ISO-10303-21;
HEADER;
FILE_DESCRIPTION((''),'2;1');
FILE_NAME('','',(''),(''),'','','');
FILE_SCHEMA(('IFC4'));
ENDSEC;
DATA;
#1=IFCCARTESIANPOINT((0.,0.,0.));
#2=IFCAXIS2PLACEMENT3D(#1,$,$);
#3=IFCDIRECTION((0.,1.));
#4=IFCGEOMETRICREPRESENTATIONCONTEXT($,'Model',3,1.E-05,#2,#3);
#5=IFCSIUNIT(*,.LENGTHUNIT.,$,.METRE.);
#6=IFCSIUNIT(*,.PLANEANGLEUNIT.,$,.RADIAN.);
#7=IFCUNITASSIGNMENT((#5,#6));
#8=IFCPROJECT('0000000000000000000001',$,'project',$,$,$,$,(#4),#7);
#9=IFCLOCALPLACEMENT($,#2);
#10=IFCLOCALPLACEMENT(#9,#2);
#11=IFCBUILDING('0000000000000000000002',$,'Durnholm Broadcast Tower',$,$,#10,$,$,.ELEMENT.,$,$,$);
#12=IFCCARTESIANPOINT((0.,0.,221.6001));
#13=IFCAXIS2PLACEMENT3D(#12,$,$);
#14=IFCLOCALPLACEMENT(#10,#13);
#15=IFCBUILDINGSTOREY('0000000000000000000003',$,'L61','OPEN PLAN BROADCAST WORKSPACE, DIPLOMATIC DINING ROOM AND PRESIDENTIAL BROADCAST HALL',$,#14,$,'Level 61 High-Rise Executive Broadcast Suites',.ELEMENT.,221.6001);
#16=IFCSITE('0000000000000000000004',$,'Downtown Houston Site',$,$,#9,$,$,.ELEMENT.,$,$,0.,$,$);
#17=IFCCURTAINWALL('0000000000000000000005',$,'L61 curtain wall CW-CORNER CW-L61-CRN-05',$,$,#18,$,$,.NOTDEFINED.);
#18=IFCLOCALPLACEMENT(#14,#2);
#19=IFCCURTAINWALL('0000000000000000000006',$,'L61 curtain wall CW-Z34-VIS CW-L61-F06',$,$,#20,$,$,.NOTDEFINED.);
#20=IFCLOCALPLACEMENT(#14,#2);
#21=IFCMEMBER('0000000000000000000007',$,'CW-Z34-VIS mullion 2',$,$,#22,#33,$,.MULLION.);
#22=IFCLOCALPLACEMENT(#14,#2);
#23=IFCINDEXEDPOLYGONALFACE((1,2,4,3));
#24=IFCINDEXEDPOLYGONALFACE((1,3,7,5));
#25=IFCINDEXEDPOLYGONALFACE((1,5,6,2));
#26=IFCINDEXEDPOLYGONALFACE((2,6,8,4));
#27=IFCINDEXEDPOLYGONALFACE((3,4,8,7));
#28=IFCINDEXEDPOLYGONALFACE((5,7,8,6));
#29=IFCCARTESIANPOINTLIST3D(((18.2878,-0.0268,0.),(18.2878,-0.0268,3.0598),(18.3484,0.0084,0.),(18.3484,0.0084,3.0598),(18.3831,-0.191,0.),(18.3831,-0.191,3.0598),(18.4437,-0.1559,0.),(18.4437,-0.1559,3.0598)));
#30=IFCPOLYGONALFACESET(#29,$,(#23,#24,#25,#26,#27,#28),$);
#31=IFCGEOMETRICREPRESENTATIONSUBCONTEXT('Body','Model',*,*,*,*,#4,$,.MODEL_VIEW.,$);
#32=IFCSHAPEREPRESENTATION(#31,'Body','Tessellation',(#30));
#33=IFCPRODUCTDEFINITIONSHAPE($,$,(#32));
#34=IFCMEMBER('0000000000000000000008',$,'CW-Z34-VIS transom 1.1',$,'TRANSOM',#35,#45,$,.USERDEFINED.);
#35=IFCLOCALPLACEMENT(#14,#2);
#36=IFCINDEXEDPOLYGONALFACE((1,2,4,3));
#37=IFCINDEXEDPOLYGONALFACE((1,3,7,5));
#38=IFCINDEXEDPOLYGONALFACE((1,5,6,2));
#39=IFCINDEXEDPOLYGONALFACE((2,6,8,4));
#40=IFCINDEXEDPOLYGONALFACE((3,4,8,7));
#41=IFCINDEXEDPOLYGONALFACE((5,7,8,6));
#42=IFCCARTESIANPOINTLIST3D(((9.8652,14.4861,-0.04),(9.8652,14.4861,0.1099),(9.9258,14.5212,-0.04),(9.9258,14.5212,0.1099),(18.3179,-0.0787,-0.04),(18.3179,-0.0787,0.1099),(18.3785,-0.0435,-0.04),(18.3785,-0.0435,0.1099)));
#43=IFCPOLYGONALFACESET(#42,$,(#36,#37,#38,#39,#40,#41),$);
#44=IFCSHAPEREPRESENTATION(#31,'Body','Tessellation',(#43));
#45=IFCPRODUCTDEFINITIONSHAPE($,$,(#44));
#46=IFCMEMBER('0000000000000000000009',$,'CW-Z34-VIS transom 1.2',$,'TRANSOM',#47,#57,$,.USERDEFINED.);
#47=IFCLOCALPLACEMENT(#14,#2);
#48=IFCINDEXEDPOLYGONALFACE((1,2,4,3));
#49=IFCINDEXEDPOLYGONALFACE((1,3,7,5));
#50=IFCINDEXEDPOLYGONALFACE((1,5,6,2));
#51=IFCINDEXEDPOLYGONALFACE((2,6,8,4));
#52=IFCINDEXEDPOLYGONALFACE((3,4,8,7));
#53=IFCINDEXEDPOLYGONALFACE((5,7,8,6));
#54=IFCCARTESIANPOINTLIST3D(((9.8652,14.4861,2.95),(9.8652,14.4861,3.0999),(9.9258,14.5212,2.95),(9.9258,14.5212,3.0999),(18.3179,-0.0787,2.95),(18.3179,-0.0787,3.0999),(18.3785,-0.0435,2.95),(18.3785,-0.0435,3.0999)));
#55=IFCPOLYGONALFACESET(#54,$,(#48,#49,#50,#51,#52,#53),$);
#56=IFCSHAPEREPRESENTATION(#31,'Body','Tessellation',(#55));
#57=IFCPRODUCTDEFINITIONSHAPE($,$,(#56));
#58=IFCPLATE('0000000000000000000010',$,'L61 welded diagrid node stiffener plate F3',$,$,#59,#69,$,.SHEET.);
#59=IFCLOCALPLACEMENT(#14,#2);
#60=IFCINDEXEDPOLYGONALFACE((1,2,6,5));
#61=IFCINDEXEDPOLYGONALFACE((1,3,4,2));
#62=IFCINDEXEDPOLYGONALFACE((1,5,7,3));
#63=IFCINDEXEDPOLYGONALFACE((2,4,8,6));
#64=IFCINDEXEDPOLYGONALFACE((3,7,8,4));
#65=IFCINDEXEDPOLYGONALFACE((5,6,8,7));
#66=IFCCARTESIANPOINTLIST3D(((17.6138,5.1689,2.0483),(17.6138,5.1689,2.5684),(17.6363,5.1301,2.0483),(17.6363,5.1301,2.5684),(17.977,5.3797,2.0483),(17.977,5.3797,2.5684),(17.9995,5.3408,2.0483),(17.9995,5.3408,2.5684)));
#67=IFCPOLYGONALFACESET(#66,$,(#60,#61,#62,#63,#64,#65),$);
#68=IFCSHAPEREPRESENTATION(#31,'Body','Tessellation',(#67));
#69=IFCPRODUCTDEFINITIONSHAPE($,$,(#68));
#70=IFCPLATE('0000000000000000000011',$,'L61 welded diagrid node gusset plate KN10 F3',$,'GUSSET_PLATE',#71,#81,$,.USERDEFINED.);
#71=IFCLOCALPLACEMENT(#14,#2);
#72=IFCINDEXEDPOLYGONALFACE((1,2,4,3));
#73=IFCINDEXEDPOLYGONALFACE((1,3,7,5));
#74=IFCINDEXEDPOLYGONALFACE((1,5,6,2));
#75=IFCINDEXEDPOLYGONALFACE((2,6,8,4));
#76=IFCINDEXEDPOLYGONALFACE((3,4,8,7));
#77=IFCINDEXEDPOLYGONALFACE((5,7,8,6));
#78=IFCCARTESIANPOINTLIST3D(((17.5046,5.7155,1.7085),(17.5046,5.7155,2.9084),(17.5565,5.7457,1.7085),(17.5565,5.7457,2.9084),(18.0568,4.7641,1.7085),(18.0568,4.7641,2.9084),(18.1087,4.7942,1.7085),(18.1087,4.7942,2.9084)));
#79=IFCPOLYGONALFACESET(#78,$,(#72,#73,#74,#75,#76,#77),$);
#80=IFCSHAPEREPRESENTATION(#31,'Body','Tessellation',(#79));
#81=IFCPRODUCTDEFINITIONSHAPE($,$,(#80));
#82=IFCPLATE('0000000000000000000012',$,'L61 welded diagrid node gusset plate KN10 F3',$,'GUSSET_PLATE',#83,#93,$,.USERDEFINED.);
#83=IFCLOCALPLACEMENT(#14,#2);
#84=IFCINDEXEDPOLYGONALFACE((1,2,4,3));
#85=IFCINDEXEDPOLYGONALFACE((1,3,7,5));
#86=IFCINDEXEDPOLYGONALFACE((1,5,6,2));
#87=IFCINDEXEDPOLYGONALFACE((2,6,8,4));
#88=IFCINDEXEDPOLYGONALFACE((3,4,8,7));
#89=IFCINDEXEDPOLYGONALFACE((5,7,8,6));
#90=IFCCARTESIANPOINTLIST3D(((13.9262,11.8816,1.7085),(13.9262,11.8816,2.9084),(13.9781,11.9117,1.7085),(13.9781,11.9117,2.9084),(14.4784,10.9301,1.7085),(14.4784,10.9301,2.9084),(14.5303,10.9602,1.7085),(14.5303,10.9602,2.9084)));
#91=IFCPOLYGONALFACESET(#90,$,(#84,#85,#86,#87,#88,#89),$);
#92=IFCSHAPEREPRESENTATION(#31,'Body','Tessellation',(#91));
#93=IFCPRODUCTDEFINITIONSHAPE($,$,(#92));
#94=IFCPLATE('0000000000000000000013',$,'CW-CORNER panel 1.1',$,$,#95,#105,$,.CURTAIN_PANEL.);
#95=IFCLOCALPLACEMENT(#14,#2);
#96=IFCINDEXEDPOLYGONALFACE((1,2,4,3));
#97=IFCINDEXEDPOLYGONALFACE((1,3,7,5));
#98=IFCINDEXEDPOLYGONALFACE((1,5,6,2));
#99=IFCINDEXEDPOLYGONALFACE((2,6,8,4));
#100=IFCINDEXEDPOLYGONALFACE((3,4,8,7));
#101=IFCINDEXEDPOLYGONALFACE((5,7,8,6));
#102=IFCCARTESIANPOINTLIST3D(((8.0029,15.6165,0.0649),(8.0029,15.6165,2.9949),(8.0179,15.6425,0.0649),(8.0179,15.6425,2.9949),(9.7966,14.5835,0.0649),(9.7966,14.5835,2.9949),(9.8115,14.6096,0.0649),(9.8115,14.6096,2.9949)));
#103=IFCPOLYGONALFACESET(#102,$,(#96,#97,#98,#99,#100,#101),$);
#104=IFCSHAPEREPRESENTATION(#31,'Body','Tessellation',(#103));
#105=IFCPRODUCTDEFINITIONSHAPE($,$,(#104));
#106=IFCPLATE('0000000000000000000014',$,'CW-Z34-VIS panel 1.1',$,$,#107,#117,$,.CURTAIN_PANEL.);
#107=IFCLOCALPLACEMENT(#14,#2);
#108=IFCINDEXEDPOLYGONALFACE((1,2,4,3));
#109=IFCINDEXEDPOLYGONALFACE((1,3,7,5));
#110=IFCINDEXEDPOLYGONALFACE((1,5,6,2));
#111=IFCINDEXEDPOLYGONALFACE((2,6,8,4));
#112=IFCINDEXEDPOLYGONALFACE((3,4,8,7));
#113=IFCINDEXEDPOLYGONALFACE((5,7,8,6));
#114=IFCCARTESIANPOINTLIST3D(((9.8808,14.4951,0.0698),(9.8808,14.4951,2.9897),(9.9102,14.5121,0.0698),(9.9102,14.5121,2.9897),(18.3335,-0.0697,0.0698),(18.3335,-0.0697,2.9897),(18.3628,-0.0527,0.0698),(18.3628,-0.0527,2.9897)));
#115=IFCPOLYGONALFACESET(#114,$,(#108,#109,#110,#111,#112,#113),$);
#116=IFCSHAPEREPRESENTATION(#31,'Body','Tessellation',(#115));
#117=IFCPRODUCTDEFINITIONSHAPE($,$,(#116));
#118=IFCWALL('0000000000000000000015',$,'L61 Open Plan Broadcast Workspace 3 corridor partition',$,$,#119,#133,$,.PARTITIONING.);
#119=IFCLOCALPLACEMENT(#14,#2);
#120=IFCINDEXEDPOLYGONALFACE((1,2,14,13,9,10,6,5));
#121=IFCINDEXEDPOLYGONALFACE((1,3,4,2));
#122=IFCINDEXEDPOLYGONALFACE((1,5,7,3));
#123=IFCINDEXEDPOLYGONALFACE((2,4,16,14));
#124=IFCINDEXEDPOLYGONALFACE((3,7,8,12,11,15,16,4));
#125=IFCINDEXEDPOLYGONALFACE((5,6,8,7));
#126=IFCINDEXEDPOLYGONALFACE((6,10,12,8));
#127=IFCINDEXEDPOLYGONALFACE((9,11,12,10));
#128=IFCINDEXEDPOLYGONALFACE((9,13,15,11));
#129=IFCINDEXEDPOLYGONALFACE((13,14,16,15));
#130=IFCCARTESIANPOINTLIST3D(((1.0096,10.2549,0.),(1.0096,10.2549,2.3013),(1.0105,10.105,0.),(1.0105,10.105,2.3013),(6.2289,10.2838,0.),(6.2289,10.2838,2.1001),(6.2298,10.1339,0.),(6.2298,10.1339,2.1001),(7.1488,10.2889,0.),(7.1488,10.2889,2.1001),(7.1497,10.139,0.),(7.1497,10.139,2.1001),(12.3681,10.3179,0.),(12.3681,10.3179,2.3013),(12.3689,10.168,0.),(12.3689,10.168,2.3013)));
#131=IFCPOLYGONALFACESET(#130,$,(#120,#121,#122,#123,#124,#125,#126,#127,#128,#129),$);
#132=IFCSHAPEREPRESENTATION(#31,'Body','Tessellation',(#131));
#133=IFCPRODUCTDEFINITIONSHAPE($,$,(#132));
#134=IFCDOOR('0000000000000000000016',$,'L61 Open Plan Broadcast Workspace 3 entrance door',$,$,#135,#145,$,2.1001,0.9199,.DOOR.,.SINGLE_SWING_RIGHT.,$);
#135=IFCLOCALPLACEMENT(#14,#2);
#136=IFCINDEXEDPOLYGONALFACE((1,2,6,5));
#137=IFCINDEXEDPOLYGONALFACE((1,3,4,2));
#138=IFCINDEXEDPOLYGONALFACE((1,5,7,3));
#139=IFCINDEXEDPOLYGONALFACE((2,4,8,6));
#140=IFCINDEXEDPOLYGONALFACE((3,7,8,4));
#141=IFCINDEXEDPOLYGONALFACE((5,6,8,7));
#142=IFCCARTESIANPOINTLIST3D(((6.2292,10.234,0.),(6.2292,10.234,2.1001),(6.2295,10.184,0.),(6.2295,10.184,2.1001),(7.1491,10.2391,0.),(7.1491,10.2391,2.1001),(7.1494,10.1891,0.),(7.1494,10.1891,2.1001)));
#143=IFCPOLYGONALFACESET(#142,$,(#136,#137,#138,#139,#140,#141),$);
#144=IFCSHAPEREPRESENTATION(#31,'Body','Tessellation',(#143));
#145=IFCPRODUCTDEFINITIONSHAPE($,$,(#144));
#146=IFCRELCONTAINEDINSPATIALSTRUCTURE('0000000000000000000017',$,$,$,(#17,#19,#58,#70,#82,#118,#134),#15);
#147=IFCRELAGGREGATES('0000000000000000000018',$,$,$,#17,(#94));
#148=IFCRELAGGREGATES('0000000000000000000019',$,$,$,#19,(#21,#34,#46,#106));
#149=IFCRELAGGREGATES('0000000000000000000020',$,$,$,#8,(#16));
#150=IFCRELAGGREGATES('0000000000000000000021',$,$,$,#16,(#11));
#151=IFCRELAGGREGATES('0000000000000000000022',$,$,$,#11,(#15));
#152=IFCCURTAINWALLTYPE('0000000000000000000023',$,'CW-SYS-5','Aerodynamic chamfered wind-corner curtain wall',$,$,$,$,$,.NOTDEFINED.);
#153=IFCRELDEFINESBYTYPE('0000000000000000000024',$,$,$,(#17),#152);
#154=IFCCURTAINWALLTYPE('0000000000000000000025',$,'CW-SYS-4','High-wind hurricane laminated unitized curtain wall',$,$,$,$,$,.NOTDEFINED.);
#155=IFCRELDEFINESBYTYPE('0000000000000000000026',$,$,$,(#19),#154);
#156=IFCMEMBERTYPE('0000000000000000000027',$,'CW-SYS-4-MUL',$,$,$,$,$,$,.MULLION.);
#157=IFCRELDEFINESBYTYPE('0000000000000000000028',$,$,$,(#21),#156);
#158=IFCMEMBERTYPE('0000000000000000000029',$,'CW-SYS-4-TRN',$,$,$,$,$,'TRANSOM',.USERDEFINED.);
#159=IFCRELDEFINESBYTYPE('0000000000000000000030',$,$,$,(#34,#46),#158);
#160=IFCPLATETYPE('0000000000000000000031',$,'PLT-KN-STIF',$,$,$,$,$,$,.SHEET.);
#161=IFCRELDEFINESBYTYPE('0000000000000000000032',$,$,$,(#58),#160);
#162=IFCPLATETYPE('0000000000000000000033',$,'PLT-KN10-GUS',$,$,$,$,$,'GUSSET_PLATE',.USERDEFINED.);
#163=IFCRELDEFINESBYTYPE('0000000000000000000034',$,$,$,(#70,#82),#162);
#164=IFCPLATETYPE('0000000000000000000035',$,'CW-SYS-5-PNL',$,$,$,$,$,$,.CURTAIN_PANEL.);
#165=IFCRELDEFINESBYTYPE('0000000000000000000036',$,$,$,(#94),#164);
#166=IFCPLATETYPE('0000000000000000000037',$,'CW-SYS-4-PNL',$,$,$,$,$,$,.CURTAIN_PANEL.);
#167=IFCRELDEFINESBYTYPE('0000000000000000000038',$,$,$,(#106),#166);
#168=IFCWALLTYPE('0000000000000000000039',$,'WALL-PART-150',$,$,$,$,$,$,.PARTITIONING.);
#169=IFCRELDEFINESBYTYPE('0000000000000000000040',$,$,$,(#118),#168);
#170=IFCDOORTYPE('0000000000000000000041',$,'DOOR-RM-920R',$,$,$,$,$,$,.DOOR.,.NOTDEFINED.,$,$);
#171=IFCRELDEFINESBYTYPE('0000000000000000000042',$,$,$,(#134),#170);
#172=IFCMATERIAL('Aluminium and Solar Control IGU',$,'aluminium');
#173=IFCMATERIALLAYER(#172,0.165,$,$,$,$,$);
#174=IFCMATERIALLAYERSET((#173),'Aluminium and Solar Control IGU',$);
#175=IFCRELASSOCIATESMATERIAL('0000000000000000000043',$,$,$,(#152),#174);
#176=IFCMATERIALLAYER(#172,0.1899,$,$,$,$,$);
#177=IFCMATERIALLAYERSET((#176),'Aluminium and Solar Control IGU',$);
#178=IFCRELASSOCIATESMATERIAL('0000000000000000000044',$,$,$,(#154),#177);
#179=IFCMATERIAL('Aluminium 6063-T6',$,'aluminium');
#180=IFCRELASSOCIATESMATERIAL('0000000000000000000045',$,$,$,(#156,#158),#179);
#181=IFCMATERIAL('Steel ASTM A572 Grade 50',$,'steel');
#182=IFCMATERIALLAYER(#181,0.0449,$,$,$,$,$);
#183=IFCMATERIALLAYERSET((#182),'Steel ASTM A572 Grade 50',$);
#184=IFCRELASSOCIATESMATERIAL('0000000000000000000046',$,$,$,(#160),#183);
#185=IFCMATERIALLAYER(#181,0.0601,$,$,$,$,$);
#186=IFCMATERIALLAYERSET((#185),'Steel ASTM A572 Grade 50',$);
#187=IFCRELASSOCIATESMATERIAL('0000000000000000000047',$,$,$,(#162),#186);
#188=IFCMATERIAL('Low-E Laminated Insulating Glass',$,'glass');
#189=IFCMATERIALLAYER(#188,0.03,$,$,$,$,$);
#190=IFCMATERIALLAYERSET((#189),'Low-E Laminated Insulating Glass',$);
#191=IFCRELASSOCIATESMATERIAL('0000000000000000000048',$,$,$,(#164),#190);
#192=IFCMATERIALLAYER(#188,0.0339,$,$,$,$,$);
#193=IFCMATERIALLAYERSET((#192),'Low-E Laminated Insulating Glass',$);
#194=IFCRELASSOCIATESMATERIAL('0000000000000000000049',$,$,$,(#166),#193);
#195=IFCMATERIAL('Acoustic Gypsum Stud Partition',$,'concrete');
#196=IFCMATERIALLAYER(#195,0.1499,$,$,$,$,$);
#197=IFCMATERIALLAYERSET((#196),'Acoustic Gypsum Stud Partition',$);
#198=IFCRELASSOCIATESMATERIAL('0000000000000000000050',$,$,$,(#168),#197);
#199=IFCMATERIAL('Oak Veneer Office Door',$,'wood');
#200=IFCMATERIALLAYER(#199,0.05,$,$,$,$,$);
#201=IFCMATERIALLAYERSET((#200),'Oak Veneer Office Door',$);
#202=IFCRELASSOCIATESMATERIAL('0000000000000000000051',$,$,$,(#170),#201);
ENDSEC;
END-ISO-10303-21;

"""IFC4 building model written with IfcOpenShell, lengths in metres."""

from ifc_helpers import new_model, si_unit, direction, frame, frame_2d, origin, origin_2d, place, context, subcontext, project, spatial, rectangle, extrude, source, transform, mapped, material, layer, layer_set, material_profile, profile_set, type_object, type_shapes, element, fill, aggregate, save


model = new_model("IFC4")

# Units and contexts
model_context = context("Model", 3, precision=1e-05, world=origin(), true_north=direction((0.0, 1.0)))
body_context = subcontext(model_context, "Body", "Model", "MODEL_VIEW")
ifc_project = project(units=[si_unit("LENGTHUNIT", "METRE"), si_unit("PLANEANGLEUNIT", "RADIAN")], contexts=[model_context])

# Site, building, storey
site_placement = place(None, origin())
site = spatial("IfcSite", under=ifc_project, at=site_placement, Name="Downtown Houston Site", CompositionType="ELEMENT", RefElevation=0.0)
building_placement = place(site_placement, origin())
building = spatial("IfcBuilding", under=site, at=building_placement, Name="Durnholm Broadcast Tower", CompositionType="ELEMENT")
storey_placement = place(building_placement, frame((0.0, 0.0, 221.6001)))
storey = spatial("IfcBuildingStorey", under=building, at=storey_placement, Name="L61", Description="OPEN PLAN BROADCAST WORKSPACE, DIPLOMATIC DINING ROOM AND PRESIDENTIAL BROADCAST HALL", LongName="Level 61 High-Rise Executive Broadcast Suites", CompositionType="ELEMENT", Elevation=221.6001)

# Curtain wall
ifc_material_1 = material(Name="Aluminium and Solar Control IGU", Category="aluminium")
ifc_layer_1 = layer(ifc_material_1, 0.165)
ifc_layer_set_1 = layer_set([ifc_layer_1], Name="Aluminium and Solar Control IGU")
curtain_wall_type_1 = type_object("IfcCurtainWallType", Name="CW-SYS-5", Description="Aerodynamic chamfered wind-corner curtain wall", PredefinedType="NOTDEFINED", material=ifc_layer_set_1)
curtain_wall_1_placement = place(storey_placement, origin())
curtain_wall_1 = element("IfcCurtainWall", 1, at=curtain_wall_1_placement, inside=storey, type_object=curtain_wall_type_1, Name="L61 curtain wall CW-CORNER CW-L61-CRN-05", PredefinedType="NOTDEFINED")
ifc_material_2 = material(Name="Aluminium 6063-T6", Category="aluminium")

# Curtain wall, members
ifc_layer_2 = layer(ifc_material_1, 0.1899)
ifc_layer_set_2 = layer_set([ifc_layer_2], Name="Aluminium and Solar Control IGU")
curtain_wall_type_2 = type_object("IfcCurtainWallType", Name="CW-SYS-4", Description="High-wind hurricane laminated unitized curtain wall", PredefinedType="NOTDEFINED", material=ifc_layer_set_2)
curtain_wall_2_placement = place(storey_placement, origin())
curtain_wall_2 = element("IfcCurtainWall", 2, at=curtain_wall_2_placement, inside=storey, type_object=curtain_wall_type_2, Name="L61 curtain wall CW-Z34-VIS CW-L61-F06", PredefinedType="NOTDEFINED")
ifc_material_profile_1 = material_profile(ifc_material_2, rectangle(XDim=0.0701, YDim=0.1899, at=origin_2d()), Name="CWM70X190")
ifc_profile_set_1 = profile_set([ifc_material_profile_1], Name="Aluminium 6063-T6")
member_type_1 = type_object("IfcMemberType", Name="CW-SYS-4-MUL", PredefinedType="MULLION", material=ifc_profile_set_1)
shared_shape_1 = source(origin(), body_context, "Body", "SweptSolid", [
    extrude(rectangle(XDim=0.0701, YDim=0.1899, at=origin_2d()), origin(), (0.0, 0.0, 1.0), 3.0598),
])
type_shapes(member_type_1, [shared_shape_1])
member_1_placement = place(storey_placement, frame((18.3657, -0.0913, 0.0), z_axis=(0.0, 0.0, 1.0), x_axis=(0.8649, 0.501944, 0.0)))
member_1 = element("IfcMember", 3, at=member_1_placement, type_object=member_type_1, Name="CW-Z34-VIS mullion 2", PredefinedType="MULLION", context=body_context, shape_type="MappedRepresentation", body=[
    mapped(shared_shape_1, transform((0.0, 0.0, 0.0), x_axis=(1.0, 0.0, 0.0), y_axis=(0.0, 1.0, 0.0), z_axis=(0.0, 0.0, 1.0), scale=1.0)),
])
ifc_material_profile_2 = material_profile(ifc_material_2, rectangle(XDim=0.0701, YDim=0.1499, at=origin_2d()), Name="CWT70X150")
ifc_profile_set_2 = profile_set([ifc_material_profile_2], Name="Aluminium 6063-T6")
member_type_2 = type_object("IfcMemberType", Name="CW-SYS-4-TRN", ElementType="TRANSOM", PredefinedType="USERDEFINED", material=ifc_profile_set_2)
shared_shape_2 = source(origin(), body_context, "Body", "SweptSolid", [
    extrude(rectangle(XDim=0.0701, YDim=0.1499, at=origin_2d()), origin(), (0.0, 0.0, 1.0), 16.8398),
])
type_shapes(member_type_2, [shared_shape_2])
member_2_placement = place(storey_placement, frame((9.8955, 14.5037, 0.0349), z_axis=(0.501945, -0.864899, 0.0), x_axis=(0.864899, 0.501945, 0.0)))
member_2 = element("IfcMember", 4, at=member_2_placement, type_object=member_type_2, Name="CW-Z34-VIS transom 1.1", ObjectType="TRANSOM", PredefinedType="USERDEFINED", context=body_context, shape_type="MappedRepresentation", body=[
    mapped(shared_shape_2, transform((0.0, 0.0, 0.0), x_axis=(1.0, 0.0, 0.0), y_axis=(0.0, 1.0, 0.0), z_axis=(0.0, 0.0, 1.0), scale=1.0)),
])
member_3_placement = place(storey_placement, frame((9.8955, 14.5037, 3.0249), z_axis=(0.501945, -0.864899, 0.0), x_axis=(0.864899, 0.501945, 0.0)))
member_3 = element("IfcMember", 5, at=member_3_placement, type_object=member_type_2, Name="CW-Z34-VIS transom 1.2", ObjectType="TRANSOM", PredefinedType="USERDEFINED", context=body_context, shape_type="MappedRepresentation", body=[
    mapped(shared_shape_2, transform((0.0, 0.0, 0.0), x_axis=(1.0, 0.0, 0.0), y_axis=(0.0, 1.0, 0.0), z_axis=(0.0, 0.0, 1.0), scale=1.0)),
])

# Plates
ifc_material_3 = material(Name="Steel ASTM A572 Grade 50", Category="steel")
ifc_layer_3 = layer(ifc_material_3, 0.0449)
ifc_layer_set_3 = layer_set([ifc_layer_3], Name="Steel ASTM A572 Grade 50")
plate_type_1 = type_object("IfcPlateType", Name="PLT-KN-STIF", PredefinedType="SHEET", material=ifc_layer_set_3)
shared_shape_3 = source(origin(), body_context, "Body", "SweptSolid", [
    extrude(rectangle(XDim=0.0449, YDim=0.4199, at=origin_2d()), origin(), (0.0, 0.0, 1.0), 0.52),
])
type_shapes(plate_type_1, [shared_shape_3])
plate_1_placement = place(storey_placement, frame((17.8066, 5.2549, 2.0483), z_axis=(0.0, 0.0, 1.0), x_axis=(-0.501964, 0.864889, 0.0)))
element("IfcPlate", 6, at=plate_1_placement, inside=storey, type_object=plate_type_1, Name="L61 welded diagrid node stiffener plate F3", PredefinedType="SHEET", context=body_context, shape_type="MappedRepresentation", body=[
    mapped(shared_shape_3, transform((0.0, 0.0, 0.0), x_axis=(1.0, 0.0, 0.0), y_axis=(0.0, 1.0, 0.0), z_axis=(0.0, 0.0, 1.0), scale=1.0)),
])
ifc_layer_4 = layer(ifc_material_3, 0.0601)
ifc_layer_set_4 = layer_set([ifc_layer_4], Name="Steel ASTM A572 Grade 50")
plate_type_2 = type_object("IfcPlateType", Name="PLT-KN10-GUS", ElementType="GUSSET_PLATE", PredefinedType="USERDEFINED", material=ifc_layer_set_4)
shared_shape_4 = source(origin(), body_context, "Body", "SweptSolid", [
    extrude(rectangle(XDim=1.1001, YDim=0.0601, at=origin_2d()), origin(), (0.0, 0.0, 1.0), 1.2),
])
type_shapes(plate_type_2, [shared_shape_4])
for number, where, z_axis, x_axis, name in (
    (7, (17.8066, 5.2549, 1.7085), (0.0, 0.0, 1.0), (-0.501964, 0.864889, 0.0), "L61 welded diagrid node gusset plate KN10 F3"),
    (8, (14.2283, 11.4209, 1.7085), (0.0, 0.0, 1.0), (-0.501964, 0.864889, 0.0), "L61 welded diagrid node gusset plate KN10 F3"),
):
    element("IfcPlate", number, at=place(storey_placement, frame(where, z_axis=z_axis, x_axis=x_axis)), inside=storey, type_object=plate_type_2, Name=name, ObjectType="GUSSET_PLATE", PredefinedType="USERDEFINED", context=body_context, shape_type="MappedRepresentation", body=[
        mapped(shared_shape_4, transform((0.0, 0.0, 0.0), x_axis=(1.0, 0.0, 0.0), y_axis=(0.0, 1.0, 0.0), z_axis=(0.0, 0.0, 1.0), scale=1.0)),
    ])

# Plates
ifc_material_4 = material(Name="Low-E Laminated Insulating Glass", Category="glass")
ifc_layer_5 = layer(ifc_material_4, 0.03)
ifc_layer_set_5 = layer_set([ifc_layer_5], Name="Low-E Laminated Insulating Glass")
plate_type_3 = type_object("IfcPlateType", Name="CW-SYS-5-PNL", PredefinedType="CURTAIN_PANEL", material=ifc_layer_set_5)
shared_shape_5 = source(origin(), body_context, "Body", "SweptSolid", [
    extrude(rectangle(XDim=2.0698, YDim=0.03, at=origin_2d()), origin(), (0.0, 0.0, 1.0), 2.9299),
])
type_shapes(plate_type_3, [shared_shape_5])
plate_2_placement = place(storey_placement, frame((8.9072, 15.113, 0.0649), z_axis=(0.0, 0.0, 1.0), x_axis=(0.866568, -0.499059, 0.0)))
plate_2 = element("IfcPlate", 9, at=plate_2_placement, type_object=plate_type_3, Name="CW-CORNER panel 1.1", PredefinedType="CURTAIN_PANEL", context=body_context, shape_type="MappedRepresentation", body=[
    mapped(shared_shape_5, transform((0.0, 0.0, 0.0), x_axis=(1.0, 0.0, 0.0), y_axis=(0.0, 1.0, 0.0), z_axis=(0.0, 0.0, 1.0), scale=1.0)),
])
aggregate(curtain_wall_1, [plate_2])
ifc_layer_6 = layer(ifc_material_4, 0.0339)
ifc_layer_set_6 = layer_set([ifc_layer_6], Name="Low-E Laminated Insulating Glass")
plate_type_4 = type_object("IfcPlateType", Name="CW-SYS-4-PNL", PredefinedType="CURTAIN_PANEL", material=ifc_layer_set_6)
shared_shape_6 = source(origin(), body_context, "Body", "SweptSolid", [
    extrude(rectangle(XDim=16.8398, YDim=0.0339, at=origin_2d()), origin(), (0.0, 0.0, 1.0), 2.9199),
])
type_shapes(plate_type_4, [shared_shape_6])
plate_3_placement = place(storey_placement, frame((14.1218, 7.2212, 0.0698), z_axis=(0.0, 0.0, 1.0), x_axis=(0.501944, -0.8649, 0.0)))
plate_3 = element("IfcPlate", 10, at=plate_3_placement, type_object=plate_type_4, Name="CW-Z34-VIS panel 1.1", PredefinedType="CURTAIN_PANEL", context=body_context, shape_type="MappedRepresentation", body=[
    mapped(shared_shape_6, transform((0.0, 0.0, 0.0), x_axis=(1.0, 0.0, 0.0), y_axis=(0.0, 1.0, 0.0), z_axis=(0.0, 0.0, 1.0), scale=1.0)),
])
aggregate(curtain_wall_2, [member_1, member_2, member_3, plate_3])

# Wall, opening, door
ifc_material_5 = material(Name="Acoustic Gypsum Stud Partition", Category="concrete")
ifc_layer_7 = layer(ifc_material_5, 0.1499)
ifc_layer_set_7 = layer_set([ifc_layer_7], Name="Acoustic Gypsum Stud Partition")
wall_type_1 = type_object("IfcWallType", Name="WALL-PART-150", PredefinedType="PARTITIONING", material=ifc_layer_set_7)
wall_1_placement = place(storey_placement, frame((12.3684, 10.2429, 0.0), z_axis=(0.0, 0.0, 1.0), x_axis=(-0.999985, -0.005545, 0.0)))
wall_1 = element("IfcWall", 11, at=wall_1_placement, inside=storey, type_object=wall_type_1, Name="L61 Open Plan Broadcast Workspace 3 corridor partition", PredefinedType="PARTITIONING", context=body_context, shape_type="SweptSolid", body=[
    extrude(rectangle(XDim=11.3586, YDim=0.1499, at=frame_2d((5.6792, 0.0))), origin(), (0.0, 0.0, 1.0), 2.3013),
])
opening_1_placement = place(wall_1_placement, frame((5.2192, 0.0, 0.0)))
opening_1 = element("IfcOpeningElement", 12, at=opening_1_placement, cuts=wall_1, PredefinedType="OPENING", context=body_context, shape_type="SweptSolid", body=[
    extrude(rectangle(XDim=0.9199, YDim=2.1001, at=frame_2d((0.46, 1.05))), frame((0.0, 0.085, 0.0), z_axis=(0.0, -1.0, 0.0), x_axis=(1.0, 0.0, 0.0)), (0.0, 0.0, 1.0), 0.1699),
])
ifc_material_6 = material(Name="Oak Veneer Office Door", Category="wood")
ifc_layer_8 = layer(ifc_material_6, 0.05)
ifc_layer_set_8 = layer_set([ifc_layer_8], Name="Oak Veneer Office Door")
door_type = type_object("IfcDoorType", Name="DOOR-RM-920R", OperationType="NOTDEFINED", PredefinedType="DOOR", material=ifc_layer_set_8)
shared_shape_7 = source(origin(), body_context, "Body", "SweptSolid", [
    extrude(rectangle(XDim=0.9199, YDim=2.1001, at=frame_2d((0.46, 1.05))), frame((0.0, 0.0249, 0.0), z_axis=(0.0, -1.0, 0.0), x_axis=(1.0, 0.0, 0.0)), (0.0, 0.0, 1.0), 0.05),
])
type_shapes(door_type, [shared_shape_7])
door_1_placement = place(opening_1_placement, origin())
door_1 = element("IfcDoor", 13, at=door_1_placement, inside=storey, type_object=door_type, Name="L61 Open Plan Broadcast Workspace 3 entrance door", OperationType="SINGLE_SWING_RIGHT", OverallHeight=2.1001, OverallWidth=0.9199, PredefinedType="DOOR", context=body_context, shape_type="MappedRepresentation", body=[
    mapped(shared_shape_7, transform((0.0, 0.0, 0.0), x_axis=(1.0, 0.0, 0.0), y_axis=(0.0, 1.0, 0.0), z_axis=(0.0, 0.0, 1.0), scale=1.0)),
])
fill(opening_1, door_1)

save(model, "model.ifc")
